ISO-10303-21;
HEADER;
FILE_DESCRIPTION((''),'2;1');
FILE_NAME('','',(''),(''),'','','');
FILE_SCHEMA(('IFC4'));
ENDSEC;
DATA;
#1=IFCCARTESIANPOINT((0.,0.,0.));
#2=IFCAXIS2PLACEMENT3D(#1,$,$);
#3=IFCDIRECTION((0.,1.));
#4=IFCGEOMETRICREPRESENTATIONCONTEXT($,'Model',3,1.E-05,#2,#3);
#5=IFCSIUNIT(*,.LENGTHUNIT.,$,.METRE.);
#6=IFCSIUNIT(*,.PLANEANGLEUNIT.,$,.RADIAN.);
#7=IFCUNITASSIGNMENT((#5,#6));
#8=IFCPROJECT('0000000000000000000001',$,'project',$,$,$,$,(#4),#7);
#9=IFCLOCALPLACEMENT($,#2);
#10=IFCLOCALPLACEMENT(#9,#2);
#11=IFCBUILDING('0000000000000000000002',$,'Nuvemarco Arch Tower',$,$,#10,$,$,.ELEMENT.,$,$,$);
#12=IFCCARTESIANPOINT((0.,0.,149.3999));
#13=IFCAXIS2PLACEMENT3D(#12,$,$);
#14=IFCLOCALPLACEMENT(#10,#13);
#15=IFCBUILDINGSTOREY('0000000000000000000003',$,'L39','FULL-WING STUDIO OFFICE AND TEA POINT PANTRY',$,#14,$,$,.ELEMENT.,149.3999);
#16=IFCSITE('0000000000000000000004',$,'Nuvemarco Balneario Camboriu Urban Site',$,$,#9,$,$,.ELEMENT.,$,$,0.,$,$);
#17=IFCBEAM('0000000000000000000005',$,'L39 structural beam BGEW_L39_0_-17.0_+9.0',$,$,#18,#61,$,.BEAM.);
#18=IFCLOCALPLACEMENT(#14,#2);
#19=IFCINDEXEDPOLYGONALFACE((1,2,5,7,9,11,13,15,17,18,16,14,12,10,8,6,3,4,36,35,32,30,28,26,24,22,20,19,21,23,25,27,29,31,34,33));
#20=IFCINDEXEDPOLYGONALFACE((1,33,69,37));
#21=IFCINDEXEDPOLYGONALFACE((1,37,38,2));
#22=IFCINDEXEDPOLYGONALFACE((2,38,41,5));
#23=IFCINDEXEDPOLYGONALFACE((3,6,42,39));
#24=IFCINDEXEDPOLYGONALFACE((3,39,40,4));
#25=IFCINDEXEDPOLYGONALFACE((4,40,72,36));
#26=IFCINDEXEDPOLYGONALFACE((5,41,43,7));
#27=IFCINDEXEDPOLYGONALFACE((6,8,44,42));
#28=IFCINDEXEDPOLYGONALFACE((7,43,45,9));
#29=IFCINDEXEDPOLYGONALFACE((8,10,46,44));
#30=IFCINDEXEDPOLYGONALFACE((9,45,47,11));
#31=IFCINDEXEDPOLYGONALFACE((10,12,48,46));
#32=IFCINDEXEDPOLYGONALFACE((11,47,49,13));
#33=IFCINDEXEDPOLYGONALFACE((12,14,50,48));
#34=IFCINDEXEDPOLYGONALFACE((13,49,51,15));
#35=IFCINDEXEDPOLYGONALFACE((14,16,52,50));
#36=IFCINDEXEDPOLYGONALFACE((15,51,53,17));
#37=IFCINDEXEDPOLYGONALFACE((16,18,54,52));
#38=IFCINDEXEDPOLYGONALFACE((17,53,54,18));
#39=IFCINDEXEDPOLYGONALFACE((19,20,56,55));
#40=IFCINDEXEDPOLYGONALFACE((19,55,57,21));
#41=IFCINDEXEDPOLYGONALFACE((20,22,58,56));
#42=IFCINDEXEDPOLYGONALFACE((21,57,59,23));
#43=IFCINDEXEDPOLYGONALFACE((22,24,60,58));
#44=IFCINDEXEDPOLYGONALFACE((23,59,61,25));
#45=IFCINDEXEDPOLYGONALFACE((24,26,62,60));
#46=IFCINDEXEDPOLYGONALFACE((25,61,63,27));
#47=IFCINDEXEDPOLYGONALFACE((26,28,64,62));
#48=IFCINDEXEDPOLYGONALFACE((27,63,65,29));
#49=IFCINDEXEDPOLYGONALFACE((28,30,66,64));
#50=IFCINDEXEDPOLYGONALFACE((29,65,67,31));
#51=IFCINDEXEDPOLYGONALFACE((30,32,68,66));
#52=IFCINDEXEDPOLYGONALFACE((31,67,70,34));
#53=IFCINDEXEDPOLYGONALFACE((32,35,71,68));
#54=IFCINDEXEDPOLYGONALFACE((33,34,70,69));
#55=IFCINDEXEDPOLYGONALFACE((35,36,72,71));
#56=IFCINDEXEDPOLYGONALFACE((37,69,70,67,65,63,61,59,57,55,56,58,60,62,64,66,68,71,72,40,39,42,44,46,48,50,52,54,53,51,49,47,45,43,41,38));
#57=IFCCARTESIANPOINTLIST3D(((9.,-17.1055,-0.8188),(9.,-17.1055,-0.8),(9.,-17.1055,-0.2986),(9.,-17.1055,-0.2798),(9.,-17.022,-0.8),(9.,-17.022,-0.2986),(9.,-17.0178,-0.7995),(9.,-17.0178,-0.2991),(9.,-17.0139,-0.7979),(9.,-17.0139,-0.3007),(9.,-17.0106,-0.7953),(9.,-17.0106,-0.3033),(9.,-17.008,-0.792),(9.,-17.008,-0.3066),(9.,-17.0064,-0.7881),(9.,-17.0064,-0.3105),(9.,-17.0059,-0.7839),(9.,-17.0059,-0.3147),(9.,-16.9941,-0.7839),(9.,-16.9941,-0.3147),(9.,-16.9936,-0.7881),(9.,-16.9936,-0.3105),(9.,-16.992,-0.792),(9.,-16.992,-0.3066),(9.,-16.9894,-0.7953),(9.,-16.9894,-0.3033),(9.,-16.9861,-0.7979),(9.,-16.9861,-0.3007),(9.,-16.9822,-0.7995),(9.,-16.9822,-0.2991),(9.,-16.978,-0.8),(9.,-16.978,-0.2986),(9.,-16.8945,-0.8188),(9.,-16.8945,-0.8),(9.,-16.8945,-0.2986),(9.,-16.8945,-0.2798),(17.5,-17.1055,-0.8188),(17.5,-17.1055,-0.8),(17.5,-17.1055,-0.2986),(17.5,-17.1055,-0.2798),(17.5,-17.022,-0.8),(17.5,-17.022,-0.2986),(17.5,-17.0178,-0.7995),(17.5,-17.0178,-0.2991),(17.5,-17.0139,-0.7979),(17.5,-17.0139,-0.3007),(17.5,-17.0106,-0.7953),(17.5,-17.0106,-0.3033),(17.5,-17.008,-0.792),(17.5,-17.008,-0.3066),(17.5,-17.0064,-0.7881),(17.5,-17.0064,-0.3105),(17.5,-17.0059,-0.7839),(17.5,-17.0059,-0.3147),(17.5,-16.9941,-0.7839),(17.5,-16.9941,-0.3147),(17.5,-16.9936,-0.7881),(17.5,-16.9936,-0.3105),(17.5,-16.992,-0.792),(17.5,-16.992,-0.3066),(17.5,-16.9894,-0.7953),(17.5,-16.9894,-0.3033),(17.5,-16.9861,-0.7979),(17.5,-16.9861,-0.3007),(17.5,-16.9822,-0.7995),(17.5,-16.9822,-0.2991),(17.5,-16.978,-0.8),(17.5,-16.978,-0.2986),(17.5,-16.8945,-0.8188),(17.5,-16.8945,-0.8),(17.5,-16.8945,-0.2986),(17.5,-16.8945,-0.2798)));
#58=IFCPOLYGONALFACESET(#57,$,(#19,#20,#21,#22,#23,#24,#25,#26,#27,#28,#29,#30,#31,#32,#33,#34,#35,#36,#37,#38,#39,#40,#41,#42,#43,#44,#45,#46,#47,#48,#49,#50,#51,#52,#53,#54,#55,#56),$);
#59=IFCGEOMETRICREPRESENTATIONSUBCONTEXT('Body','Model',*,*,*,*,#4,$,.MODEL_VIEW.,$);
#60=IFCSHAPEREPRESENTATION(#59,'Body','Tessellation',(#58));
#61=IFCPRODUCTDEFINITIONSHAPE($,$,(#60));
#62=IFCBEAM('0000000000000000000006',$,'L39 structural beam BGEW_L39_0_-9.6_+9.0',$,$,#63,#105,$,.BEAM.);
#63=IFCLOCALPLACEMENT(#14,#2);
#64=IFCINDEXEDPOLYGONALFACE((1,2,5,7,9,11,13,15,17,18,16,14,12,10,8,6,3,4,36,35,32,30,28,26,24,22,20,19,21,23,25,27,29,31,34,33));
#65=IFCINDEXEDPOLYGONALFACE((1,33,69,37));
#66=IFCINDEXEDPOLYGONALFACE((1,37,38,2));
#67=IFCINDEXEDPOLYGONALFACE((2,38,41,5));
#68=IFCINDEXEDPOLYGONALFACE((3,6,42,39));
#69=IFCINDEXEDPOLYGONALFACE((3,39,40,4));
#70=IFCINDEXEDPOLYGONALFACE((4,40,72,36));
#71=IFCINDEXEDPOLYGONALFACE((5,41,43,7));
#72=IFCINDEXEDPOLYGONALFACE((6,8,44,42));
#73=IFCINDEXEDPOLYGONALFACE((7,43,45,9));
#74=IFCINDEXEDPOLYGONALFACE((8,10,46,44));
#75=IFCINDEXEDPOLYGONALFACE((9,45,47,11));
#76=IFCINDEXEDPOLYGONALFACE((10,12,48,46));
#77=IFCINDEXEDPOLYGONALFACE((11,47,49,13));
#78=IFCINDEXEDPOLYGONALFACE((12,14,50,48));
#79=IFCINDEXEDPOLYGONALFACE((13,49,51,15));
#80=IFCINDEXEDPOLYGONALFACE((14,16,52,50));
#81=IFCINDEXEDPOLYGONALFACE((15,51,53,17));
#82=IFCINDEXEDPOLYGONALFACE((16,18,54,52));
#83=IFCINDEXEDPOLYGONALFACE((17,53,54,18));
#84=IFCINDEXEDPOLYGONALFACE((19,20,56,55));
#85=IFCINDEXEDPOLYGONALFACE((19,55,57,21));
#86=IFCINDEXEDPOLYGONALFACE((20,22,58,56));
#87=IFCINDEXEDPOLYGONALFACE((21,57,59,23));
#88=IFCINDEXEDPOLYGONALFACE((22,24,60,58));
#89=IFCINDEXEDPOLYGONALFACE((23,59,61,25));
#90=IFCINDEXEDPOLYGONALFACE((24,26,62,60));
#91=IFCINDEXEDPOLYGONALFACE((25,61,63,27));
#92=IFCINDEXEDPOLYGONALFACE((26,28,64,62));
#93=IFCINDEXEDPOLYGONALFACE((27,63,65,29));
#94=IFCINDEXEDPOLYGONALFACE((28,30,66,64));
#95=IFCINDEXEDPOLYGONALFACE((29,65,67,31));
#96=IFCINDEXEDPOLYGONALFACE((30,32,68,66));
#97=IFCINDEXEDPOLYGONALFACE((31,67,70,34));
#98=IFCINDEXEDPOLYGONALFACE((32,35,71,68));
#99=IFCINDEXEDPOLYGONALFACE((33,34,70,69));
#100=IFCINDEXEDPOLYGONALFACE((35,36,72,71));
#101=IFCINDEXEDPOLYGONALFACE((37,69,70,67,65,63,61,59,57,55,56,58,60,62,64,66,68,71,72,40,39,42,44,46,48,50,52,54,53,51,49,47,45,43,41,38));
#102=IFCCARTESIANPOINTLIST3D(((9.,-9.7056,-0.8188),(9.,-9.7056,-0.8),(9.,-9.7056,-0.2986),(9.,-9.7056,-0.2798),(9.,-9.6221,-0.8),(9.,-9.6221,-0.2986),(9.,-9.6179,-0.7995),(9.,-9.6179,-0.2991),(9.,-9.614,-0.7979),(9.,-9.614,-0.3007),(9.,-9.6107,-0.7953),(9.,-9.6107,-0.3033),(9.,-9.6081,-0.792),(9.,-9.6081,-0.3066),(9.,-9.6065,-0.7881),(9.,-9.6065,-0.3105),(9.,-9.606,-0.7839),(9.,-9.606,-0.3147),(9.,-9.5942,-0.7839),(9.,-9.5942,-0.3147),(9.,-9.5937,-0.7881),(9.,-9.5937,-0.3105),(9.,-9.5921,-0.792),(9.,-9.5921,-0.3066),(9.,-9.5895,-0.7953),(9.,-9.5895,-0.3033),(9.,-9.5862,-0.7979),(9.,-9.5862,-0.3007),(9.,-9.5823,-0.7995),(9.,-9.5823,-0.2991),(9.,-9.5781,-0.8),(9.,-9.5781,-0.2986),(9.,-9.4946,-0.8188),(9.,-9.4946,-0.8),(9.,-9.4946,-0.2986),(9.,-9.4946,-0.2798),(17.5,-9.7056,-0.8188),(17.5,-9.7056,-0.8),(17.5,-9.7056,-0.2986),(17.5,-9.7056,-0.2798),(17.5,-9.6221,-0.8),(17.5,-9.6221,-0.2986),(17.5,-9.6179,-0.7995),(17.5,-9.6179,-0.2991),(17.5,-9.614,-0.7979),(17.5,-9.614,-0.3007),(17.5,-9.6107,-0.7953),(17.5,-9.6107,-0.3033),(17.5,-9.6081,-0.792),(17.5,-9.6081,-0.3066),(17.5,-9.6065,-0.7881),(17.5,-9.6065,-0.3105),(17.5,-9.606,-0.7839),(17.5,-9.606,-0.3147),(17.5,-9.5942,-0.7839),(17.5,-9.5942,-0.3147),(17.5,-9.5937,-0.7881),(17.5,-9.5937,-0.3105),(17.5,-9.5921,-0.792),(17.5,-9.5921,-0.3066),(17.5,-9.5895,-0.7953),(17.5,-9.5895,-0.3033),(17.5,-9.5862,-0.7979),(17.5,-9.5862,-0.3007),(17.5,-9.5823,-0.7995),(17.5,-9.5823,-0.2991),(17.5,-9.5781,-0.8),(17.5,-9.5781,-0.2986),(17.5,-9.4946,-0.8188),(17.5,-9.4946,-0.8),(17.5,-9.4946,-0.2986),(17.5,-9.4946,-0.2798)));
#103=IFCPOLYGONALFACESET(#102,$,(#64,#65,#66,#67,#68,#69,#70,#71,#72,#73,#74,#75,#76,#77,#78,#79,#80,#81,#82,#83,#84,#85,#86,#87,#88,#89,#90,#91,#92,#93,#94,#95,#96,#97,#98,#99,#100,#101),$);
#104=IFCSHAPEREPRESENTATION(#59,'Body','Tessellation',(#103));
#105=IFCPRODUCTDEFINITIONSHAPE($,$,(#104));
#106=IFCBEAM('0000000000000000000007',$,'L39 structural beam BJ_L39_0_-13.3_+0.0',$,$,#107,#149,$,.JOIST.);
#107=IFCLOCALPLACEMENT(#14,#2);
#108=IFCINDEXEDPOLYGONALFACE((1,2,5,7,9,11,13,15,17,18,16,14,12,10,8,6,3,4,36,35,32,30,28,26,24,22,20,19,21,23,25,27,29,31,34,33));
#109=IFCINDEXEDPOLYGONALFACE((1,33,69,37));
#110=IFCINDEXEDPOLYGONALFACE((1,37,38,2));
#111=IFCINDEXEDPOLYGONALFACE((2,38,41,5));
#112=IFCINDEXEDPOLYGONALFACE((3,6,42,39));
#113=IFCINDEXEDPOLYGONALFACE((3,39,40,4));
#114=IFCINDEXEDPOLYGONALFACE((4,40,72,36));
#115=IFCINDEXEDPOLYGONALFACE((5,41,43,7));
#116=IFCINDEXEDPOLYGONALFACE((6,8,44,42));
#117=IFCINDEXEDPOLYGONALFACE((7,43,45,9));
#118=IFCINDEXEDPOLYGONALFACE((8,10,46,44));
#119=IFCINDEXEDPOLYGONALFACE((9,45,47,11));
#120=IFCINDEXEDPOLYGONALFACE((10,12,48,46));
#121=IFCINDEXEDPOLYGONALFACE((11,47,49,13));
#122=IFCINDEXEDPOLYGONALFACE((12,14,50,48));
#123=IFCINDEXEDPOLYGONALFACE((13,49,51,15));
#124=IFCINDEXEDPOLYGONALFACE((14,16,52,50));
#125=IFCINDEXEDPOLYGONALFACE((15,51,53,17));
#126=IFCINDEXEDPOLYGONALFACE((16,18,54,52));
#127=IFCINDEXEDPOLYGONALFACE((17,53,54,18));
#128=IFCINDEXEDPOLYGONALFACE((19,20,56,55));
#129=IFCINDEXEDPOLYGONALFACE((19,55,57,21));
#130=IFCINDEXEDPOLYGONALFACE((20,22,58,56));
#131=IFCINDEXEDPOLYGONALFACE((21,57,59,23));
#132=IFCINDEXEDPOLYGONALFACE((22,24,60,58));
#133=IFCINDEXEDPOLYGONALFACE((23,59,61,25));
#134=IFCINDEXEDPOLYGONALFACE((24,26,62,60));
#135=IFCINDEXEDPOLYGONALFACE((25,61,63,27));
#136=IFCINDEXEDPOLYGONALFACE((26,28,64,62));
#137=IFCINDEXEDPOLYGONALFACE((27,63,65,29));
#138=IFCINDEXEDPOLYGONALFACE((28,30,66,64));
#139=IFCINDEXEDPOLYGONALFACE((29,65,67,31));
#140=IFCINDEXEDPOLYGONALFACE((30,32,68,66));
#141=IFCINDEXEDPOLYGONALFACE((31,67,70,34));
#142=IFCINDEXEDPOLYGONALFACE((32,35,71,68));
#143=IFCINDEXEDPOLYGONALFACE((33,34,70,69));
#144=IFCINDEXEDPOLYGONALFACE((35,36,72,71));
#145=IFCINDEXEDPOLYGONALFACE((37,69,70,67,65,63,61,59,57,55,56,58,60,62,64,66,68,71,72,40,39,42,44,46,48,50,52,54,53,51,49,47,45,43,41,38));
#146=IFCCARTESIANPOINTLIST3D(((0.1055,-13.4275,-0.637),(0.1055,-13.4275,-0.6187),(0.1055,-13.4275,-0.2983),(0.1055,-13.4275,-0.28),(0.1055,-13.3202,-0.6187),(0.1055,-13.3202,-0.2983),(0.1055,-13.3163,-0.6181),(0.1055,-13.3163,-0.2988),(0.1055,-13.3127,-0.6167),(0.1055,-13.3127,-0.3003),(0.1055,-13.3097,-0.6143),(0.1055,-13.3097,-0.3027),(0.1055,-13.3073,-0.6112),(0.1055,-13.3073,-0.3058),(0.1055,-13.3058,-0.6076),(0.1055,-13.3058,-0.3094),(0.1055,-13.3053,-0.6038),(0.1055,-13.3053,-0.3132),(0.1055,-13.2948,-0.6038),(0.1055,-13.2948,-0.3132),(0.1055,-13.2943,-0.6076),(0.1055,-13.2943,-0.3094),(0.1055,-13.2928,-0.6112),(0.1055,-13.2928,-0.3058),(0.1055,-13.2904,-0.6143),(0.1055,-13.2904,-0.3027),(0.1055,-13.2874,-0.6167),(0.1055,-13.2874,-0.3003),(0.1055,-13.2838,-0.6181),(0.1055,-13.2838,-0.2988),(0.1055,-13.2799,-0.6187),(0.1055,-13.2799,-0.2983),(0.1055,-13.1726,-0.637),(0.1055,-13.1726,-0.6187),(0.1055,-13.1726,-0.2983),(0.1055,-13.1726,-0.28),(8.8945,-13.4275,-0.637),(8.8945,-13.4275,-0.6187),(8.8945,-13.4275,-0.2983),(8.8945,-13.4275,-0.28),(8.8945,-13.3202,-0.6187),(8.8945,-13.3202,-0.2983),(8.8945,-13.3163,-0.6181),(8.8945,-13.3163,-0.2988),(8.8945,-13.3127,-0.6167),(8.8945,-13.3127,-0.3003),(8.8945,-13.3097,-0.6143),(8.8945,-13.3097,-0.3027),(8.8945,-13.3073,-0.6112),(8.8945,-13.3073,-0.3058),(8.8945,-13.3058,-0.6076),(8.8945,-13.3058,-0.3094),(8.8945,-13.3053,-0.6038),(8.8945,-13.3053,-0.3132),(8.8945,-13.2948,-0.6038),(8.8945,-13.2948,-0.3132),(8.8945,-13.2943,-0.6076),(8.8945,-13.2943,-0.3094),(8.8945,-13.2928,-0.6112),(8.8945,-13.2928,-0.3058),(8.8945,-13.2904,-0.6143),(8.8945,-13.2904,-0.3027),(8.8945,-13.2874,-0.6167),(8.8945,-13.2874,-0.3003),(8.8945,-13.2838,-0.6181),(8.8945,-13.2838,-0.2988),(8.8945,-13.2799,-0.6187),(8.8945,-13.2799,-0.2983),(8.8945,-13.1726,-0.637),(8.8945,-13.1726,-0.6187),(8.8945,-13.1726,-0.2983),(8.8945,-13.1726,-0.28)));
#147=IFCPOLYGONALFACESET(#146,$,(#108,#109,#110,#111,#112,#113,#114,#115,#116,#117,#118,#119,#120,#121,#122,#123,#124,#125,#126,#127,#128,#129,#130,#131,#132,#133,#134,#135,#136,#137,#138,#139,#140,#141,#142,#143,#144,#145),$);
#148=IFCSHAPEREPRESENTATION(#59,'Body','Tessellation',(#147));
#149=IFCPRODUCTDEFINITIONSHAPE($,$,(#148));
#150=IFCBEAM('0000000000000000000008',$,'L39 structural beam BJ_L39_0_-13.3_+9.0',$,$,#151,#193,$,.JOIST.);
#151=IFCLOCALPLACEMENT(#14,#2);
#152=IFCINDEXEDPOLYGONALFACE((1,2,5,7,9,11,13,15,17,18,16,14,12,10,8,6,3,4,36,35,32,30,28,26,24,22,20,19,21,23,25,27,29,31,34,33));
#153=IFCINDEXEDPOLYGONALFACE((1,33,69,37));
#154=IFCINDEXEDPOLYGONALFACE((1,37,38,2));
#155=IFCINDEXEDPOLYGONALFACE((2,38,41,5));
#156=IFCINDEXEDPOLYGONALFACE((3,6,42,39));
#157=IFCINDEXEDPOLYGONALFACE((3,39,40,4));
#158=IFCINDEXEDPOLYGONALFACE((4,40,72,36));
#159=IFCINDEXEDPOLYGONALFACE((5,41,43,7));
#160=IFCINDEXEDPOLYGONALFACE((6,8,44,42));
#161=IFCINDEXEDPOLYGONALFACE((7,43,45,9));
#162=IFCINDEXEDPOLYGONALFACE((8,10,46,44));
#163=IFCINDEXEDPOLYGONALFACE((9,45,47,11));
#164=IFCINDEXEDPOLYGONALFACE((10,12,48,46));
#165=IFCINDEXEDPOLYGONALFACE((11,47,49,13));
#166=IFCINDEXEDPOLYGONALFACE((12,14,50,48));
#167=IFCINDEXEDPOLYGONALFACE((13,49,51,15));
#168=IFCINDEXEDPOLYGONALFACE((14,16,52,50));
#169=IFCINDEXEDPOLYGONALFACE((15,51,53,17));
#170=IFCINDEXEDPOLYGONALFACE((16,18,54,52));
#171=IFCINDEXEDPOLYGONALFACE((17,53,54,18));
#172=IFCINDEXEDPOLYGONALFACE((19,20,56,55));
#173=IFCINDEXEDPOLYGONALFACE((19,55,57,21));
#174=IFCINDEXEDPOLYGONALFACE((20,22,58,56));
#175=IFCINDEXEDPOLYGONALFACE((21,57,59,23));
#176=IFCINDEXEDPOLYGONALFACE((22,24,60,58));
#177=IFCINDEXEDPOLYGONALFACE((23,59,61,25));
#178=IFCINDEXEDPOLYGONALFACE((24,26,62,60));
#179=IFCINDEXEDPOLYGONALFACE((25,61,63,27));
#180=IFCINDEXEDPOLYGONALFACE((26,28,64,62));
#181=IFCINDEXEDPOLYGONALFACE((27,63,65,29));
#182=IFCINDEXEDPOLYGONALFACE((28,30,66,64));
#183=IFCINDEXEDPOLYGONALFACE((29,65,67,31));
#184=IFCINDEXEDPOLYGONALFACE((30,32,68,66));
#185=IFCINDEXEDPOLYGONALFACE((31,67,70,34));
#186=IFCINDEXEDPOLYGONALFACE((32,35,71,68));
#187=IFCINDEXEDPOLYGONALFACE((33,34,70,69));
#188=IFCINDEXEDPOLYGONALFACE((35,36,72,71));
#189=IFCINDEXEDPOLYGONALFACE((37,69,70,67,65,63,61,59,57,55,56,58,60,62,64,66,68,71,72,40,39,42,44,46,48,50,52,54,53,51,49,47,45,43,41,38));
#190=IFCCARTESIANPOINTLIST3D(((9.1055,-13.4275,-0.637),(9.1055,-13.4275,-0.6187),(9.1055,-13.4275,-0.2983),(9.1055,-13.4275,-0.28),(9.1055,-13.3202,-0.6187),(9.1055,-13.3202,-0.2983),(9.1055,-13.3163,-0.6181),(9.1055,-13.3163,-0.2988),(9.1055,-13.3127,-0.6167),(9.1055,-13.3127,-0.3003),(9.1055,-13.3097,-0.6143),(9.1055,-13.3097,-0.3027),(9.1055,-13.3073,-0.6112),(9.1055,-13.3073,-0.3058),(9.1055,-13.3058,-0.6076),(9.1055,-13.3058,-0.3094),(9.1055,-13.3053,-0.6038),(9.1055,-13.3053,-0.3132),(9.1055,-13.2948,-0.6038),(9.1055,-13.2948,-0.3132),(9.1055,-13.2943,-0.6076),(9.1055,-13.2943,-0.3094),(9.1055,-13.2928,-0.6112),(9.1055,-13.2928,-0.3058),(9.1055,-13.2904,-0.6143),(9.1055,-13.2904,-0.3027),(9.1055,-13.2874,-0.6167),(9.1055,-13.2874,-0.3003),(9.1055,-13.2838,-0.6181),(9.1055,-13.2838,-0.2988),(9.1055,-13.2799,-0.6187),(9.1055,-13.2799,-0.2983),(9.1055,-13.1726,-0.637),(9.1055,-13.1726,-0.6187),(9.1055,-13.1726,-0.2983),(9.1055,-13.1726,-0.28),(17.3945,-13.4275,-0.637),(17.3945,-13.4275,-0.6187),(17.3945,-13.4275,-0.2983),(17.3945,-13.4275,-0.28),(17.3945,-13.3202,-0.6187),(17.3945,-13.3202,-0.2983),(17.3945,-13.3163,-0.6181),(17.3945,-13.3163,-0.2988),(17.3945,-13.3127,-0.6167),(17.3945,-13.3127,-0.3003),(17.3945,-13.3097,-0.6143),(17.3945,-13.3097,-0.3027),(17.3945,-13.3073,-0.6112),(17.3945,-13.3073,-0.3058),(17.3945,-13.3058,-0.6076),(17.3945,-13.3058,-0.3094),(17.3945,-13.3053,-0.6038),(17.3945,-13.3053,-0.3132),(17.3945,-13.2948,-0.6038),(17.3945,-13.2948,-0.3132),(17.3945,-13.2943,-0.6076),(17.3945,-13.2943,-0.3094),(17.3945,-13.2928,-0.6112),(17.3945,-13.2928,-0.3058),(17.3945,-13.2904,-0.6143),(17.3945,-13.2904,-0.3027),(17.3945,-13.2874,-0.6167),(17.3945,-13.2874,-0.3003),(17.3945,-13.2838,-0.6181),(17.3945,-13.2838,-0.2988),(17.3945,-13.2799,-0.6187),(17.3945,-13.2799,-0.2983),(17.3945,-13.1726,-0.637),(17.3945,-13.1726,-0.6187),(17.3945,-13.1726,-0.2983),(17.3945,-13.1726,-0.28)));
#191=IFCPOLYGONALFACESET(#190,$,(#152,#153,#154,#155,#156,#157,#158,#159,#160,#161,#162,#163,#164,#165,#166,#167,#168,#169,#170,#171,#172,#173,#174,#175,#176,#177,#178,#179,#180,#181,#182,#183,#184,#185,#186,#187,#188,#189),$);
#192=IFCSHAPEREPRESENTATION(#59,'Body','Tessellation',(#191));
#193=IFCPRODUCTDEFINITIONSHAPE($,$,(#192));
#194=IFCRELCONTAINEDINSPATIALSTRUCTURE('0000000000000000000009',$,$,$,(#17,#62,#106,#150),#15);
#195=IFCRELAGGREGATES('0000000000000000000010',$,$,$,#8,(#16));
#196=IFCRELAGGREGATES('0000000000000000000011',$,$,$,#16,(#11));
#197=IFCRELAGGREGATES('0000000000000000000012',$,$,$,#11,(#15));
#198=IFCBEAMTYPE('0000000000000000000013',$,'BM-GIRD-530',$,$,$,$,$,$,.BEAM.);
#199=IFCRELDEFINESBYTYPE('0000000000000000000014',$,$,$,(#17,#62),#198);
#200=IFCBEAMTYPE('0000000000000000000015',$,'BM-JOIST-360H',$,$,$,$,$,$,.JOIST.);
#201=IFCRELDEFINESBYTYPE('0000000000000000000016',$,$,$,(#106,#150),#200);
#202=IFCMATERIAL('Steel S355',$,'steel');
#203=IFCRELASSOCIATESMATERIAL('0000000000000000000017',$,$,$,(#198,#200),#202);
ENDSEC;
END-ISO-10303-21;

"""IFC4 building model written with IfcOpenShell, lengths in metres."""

from ifc_helpers import new_model, si_unit, direction, frame, origin, origin_2d, place, context, subcontext, project, spatial, i_section, extrude, material, material_profile, profile_set, type_object, element, save


model = new_model("IFC4")

# Units and contexts
model_context = context("Model", 3, precision=1e-05, world=origin(), true_north=direction((0.0, 1.0)))
body_context = subcontext(model_context, "Body", "Model", "MODEL_VIEW")
ifc_project = project(units=[si_unit("LENGTHUNIT", "METRE"), si_unit("PLANEANGLEUNIT", "RADIAN")], contexts=[model_context])

# Site, building, storey
site_placement = place(None, origin())
site = spatial("IfcSite", under=ifc_project, at=site_placement, Name="Nuvemarco Balneario Camboriu Urban Site", CompositionType="ELEMENT", RefElevation=0.0)
building_placement = place(site_placement, origin())
building = spatial("IfcBuilding", under=site, at=building_placement, Name="Nuvemarco Arch Tower", CompositionType="ELEMENT")
storey_placement = place(building_placement, frame((0.0, 0.0, 149.3999)))
storey = spatial("IfcBuildingStorey", under=building, at=storey_placement, Name="L39", Description="FULL-WING STUDIO OFFICE AND TEA POINT PANTRY", CompositionType="ELEMENT", Elevation=149.3999)

# Shared definitions
ifc_material_1 = material(Name="Steel S355", Category="steel")

# Beams
ifc_material_profile_1 = material_profile(ifc_material_1, i_section(OverallWidth=0.2109, OverallDepth=0.5391, WebThickness=0.0117, FlangeThickness=0.0188, FilletRadius=0.0161, at=origin_2d()), Name="W530x109")
ifc_profile_set_1 = profile_set([ifc_material_profile_1], Name="Steel S355")
beam_type_1 = type_object("IfcBeamType", Name="BM-GIRD-530", PredefinedType="BEAM", material=ifc_profile_set_1)
for number, where, z_axis, x_axis, name in (
    (1, (9.0, -17.0, -0.5493), (1.0, 0.0, 0.0), (0.0, 1.0, 0.0), "L39 structural beam BGEW_L39_0_-17.0_+9.0"),
    (2, (9.0, -9.6001, -0.5493), (1.0, 0.0, 0.0), (0.0, 1.0, 0.0), "L39 structural beam BGEW_L39_0_-9.6_+9.0"),
):
    element("IfcBeam", number, at=place(storey_placement, frame(where, z_axis=z_axis, x_axis=x_axis)), inside=storey, type_object=beam_type_1, Name=name, PredefinedType="BEAM", context=body_context, shape_type="SweptSolid", body=[
        extrude(i_section(OverallWidth=0.2109, OverallDepth=0.5391, WebThickness=0.0117, FlangeThickness=0.0188, FilletRadius=0.0161, at=origin_2d()), origin(), (0.0, 0.0, 1.0), 8.5),
    ])
ifc_material_profile_2 = material_profile(ifc_material_1, i_section(OverallWidth=0.2549, OverallDepth=0.3569, WebThickness=0.0105, FlangeThickness=0.0183, FilletRadius=0.0149, at=origin_2d()), Name="W360x101")
ifc_profile_set_2 = profile_set([ifc_material_profile_2], Name="Steel S355")
beam_type_2 = type_object("IfcBeamType", Name="BM-JOIST-360H", PredefinedType="JOIST", material=ifc_profile_set_2)
beam_1_placement = place(storey_placement, frame((0.1055, -13.3, -0.4585), z_axis=(1.0, 0.0, 0.0), x_axis=(0.0, 1.0, 0.0)))
element("IfcBeam", 3, at=beam_1_placement, inside=storey, type_object=beam_type_2, Name="L39 structural beam BJ_L39_0_-13.3_+0.0", PredefinedType="JOIST", context=body_context, shape_type="SweptSolid", body=[
    extrude(i_section(OverallWidth=0.2549, OverallDepth=0.3569, WebThickness=0.0105, FlangeThickness=0.0183, FilletRadius=0.0149, at=origin_2d()), origin(), (0.0, 0.0, 1.0), 8.7891),
])
beam_2_placement = place(storey_placement, frame((9.1055, -13.3, -0.4585), z_axis=(1.0, 0.0, 0.0), x_axis=(0.0, 1.0, 0.0)))
element("IfcBeam", 4, at=beam_2_placement, inside=storey, type_object=beam_type_2, Name="L39 structural beam BJ_L39_0_-13.3_+9.0", PredefinedType="JOIST", context=body_context, shape_type="SweptSolid", body=[
    extrude(i_section(OverallWidth=0.2549, OverallDepth=0.3569, WebThickness=0.0105, FlangeThickness=0.0183, FilletRadius=0.0149, at=origin_2d()), origin(), (0.0, 0.0, 1.0), 8.2891),
])

save(model, "model.ifc")
